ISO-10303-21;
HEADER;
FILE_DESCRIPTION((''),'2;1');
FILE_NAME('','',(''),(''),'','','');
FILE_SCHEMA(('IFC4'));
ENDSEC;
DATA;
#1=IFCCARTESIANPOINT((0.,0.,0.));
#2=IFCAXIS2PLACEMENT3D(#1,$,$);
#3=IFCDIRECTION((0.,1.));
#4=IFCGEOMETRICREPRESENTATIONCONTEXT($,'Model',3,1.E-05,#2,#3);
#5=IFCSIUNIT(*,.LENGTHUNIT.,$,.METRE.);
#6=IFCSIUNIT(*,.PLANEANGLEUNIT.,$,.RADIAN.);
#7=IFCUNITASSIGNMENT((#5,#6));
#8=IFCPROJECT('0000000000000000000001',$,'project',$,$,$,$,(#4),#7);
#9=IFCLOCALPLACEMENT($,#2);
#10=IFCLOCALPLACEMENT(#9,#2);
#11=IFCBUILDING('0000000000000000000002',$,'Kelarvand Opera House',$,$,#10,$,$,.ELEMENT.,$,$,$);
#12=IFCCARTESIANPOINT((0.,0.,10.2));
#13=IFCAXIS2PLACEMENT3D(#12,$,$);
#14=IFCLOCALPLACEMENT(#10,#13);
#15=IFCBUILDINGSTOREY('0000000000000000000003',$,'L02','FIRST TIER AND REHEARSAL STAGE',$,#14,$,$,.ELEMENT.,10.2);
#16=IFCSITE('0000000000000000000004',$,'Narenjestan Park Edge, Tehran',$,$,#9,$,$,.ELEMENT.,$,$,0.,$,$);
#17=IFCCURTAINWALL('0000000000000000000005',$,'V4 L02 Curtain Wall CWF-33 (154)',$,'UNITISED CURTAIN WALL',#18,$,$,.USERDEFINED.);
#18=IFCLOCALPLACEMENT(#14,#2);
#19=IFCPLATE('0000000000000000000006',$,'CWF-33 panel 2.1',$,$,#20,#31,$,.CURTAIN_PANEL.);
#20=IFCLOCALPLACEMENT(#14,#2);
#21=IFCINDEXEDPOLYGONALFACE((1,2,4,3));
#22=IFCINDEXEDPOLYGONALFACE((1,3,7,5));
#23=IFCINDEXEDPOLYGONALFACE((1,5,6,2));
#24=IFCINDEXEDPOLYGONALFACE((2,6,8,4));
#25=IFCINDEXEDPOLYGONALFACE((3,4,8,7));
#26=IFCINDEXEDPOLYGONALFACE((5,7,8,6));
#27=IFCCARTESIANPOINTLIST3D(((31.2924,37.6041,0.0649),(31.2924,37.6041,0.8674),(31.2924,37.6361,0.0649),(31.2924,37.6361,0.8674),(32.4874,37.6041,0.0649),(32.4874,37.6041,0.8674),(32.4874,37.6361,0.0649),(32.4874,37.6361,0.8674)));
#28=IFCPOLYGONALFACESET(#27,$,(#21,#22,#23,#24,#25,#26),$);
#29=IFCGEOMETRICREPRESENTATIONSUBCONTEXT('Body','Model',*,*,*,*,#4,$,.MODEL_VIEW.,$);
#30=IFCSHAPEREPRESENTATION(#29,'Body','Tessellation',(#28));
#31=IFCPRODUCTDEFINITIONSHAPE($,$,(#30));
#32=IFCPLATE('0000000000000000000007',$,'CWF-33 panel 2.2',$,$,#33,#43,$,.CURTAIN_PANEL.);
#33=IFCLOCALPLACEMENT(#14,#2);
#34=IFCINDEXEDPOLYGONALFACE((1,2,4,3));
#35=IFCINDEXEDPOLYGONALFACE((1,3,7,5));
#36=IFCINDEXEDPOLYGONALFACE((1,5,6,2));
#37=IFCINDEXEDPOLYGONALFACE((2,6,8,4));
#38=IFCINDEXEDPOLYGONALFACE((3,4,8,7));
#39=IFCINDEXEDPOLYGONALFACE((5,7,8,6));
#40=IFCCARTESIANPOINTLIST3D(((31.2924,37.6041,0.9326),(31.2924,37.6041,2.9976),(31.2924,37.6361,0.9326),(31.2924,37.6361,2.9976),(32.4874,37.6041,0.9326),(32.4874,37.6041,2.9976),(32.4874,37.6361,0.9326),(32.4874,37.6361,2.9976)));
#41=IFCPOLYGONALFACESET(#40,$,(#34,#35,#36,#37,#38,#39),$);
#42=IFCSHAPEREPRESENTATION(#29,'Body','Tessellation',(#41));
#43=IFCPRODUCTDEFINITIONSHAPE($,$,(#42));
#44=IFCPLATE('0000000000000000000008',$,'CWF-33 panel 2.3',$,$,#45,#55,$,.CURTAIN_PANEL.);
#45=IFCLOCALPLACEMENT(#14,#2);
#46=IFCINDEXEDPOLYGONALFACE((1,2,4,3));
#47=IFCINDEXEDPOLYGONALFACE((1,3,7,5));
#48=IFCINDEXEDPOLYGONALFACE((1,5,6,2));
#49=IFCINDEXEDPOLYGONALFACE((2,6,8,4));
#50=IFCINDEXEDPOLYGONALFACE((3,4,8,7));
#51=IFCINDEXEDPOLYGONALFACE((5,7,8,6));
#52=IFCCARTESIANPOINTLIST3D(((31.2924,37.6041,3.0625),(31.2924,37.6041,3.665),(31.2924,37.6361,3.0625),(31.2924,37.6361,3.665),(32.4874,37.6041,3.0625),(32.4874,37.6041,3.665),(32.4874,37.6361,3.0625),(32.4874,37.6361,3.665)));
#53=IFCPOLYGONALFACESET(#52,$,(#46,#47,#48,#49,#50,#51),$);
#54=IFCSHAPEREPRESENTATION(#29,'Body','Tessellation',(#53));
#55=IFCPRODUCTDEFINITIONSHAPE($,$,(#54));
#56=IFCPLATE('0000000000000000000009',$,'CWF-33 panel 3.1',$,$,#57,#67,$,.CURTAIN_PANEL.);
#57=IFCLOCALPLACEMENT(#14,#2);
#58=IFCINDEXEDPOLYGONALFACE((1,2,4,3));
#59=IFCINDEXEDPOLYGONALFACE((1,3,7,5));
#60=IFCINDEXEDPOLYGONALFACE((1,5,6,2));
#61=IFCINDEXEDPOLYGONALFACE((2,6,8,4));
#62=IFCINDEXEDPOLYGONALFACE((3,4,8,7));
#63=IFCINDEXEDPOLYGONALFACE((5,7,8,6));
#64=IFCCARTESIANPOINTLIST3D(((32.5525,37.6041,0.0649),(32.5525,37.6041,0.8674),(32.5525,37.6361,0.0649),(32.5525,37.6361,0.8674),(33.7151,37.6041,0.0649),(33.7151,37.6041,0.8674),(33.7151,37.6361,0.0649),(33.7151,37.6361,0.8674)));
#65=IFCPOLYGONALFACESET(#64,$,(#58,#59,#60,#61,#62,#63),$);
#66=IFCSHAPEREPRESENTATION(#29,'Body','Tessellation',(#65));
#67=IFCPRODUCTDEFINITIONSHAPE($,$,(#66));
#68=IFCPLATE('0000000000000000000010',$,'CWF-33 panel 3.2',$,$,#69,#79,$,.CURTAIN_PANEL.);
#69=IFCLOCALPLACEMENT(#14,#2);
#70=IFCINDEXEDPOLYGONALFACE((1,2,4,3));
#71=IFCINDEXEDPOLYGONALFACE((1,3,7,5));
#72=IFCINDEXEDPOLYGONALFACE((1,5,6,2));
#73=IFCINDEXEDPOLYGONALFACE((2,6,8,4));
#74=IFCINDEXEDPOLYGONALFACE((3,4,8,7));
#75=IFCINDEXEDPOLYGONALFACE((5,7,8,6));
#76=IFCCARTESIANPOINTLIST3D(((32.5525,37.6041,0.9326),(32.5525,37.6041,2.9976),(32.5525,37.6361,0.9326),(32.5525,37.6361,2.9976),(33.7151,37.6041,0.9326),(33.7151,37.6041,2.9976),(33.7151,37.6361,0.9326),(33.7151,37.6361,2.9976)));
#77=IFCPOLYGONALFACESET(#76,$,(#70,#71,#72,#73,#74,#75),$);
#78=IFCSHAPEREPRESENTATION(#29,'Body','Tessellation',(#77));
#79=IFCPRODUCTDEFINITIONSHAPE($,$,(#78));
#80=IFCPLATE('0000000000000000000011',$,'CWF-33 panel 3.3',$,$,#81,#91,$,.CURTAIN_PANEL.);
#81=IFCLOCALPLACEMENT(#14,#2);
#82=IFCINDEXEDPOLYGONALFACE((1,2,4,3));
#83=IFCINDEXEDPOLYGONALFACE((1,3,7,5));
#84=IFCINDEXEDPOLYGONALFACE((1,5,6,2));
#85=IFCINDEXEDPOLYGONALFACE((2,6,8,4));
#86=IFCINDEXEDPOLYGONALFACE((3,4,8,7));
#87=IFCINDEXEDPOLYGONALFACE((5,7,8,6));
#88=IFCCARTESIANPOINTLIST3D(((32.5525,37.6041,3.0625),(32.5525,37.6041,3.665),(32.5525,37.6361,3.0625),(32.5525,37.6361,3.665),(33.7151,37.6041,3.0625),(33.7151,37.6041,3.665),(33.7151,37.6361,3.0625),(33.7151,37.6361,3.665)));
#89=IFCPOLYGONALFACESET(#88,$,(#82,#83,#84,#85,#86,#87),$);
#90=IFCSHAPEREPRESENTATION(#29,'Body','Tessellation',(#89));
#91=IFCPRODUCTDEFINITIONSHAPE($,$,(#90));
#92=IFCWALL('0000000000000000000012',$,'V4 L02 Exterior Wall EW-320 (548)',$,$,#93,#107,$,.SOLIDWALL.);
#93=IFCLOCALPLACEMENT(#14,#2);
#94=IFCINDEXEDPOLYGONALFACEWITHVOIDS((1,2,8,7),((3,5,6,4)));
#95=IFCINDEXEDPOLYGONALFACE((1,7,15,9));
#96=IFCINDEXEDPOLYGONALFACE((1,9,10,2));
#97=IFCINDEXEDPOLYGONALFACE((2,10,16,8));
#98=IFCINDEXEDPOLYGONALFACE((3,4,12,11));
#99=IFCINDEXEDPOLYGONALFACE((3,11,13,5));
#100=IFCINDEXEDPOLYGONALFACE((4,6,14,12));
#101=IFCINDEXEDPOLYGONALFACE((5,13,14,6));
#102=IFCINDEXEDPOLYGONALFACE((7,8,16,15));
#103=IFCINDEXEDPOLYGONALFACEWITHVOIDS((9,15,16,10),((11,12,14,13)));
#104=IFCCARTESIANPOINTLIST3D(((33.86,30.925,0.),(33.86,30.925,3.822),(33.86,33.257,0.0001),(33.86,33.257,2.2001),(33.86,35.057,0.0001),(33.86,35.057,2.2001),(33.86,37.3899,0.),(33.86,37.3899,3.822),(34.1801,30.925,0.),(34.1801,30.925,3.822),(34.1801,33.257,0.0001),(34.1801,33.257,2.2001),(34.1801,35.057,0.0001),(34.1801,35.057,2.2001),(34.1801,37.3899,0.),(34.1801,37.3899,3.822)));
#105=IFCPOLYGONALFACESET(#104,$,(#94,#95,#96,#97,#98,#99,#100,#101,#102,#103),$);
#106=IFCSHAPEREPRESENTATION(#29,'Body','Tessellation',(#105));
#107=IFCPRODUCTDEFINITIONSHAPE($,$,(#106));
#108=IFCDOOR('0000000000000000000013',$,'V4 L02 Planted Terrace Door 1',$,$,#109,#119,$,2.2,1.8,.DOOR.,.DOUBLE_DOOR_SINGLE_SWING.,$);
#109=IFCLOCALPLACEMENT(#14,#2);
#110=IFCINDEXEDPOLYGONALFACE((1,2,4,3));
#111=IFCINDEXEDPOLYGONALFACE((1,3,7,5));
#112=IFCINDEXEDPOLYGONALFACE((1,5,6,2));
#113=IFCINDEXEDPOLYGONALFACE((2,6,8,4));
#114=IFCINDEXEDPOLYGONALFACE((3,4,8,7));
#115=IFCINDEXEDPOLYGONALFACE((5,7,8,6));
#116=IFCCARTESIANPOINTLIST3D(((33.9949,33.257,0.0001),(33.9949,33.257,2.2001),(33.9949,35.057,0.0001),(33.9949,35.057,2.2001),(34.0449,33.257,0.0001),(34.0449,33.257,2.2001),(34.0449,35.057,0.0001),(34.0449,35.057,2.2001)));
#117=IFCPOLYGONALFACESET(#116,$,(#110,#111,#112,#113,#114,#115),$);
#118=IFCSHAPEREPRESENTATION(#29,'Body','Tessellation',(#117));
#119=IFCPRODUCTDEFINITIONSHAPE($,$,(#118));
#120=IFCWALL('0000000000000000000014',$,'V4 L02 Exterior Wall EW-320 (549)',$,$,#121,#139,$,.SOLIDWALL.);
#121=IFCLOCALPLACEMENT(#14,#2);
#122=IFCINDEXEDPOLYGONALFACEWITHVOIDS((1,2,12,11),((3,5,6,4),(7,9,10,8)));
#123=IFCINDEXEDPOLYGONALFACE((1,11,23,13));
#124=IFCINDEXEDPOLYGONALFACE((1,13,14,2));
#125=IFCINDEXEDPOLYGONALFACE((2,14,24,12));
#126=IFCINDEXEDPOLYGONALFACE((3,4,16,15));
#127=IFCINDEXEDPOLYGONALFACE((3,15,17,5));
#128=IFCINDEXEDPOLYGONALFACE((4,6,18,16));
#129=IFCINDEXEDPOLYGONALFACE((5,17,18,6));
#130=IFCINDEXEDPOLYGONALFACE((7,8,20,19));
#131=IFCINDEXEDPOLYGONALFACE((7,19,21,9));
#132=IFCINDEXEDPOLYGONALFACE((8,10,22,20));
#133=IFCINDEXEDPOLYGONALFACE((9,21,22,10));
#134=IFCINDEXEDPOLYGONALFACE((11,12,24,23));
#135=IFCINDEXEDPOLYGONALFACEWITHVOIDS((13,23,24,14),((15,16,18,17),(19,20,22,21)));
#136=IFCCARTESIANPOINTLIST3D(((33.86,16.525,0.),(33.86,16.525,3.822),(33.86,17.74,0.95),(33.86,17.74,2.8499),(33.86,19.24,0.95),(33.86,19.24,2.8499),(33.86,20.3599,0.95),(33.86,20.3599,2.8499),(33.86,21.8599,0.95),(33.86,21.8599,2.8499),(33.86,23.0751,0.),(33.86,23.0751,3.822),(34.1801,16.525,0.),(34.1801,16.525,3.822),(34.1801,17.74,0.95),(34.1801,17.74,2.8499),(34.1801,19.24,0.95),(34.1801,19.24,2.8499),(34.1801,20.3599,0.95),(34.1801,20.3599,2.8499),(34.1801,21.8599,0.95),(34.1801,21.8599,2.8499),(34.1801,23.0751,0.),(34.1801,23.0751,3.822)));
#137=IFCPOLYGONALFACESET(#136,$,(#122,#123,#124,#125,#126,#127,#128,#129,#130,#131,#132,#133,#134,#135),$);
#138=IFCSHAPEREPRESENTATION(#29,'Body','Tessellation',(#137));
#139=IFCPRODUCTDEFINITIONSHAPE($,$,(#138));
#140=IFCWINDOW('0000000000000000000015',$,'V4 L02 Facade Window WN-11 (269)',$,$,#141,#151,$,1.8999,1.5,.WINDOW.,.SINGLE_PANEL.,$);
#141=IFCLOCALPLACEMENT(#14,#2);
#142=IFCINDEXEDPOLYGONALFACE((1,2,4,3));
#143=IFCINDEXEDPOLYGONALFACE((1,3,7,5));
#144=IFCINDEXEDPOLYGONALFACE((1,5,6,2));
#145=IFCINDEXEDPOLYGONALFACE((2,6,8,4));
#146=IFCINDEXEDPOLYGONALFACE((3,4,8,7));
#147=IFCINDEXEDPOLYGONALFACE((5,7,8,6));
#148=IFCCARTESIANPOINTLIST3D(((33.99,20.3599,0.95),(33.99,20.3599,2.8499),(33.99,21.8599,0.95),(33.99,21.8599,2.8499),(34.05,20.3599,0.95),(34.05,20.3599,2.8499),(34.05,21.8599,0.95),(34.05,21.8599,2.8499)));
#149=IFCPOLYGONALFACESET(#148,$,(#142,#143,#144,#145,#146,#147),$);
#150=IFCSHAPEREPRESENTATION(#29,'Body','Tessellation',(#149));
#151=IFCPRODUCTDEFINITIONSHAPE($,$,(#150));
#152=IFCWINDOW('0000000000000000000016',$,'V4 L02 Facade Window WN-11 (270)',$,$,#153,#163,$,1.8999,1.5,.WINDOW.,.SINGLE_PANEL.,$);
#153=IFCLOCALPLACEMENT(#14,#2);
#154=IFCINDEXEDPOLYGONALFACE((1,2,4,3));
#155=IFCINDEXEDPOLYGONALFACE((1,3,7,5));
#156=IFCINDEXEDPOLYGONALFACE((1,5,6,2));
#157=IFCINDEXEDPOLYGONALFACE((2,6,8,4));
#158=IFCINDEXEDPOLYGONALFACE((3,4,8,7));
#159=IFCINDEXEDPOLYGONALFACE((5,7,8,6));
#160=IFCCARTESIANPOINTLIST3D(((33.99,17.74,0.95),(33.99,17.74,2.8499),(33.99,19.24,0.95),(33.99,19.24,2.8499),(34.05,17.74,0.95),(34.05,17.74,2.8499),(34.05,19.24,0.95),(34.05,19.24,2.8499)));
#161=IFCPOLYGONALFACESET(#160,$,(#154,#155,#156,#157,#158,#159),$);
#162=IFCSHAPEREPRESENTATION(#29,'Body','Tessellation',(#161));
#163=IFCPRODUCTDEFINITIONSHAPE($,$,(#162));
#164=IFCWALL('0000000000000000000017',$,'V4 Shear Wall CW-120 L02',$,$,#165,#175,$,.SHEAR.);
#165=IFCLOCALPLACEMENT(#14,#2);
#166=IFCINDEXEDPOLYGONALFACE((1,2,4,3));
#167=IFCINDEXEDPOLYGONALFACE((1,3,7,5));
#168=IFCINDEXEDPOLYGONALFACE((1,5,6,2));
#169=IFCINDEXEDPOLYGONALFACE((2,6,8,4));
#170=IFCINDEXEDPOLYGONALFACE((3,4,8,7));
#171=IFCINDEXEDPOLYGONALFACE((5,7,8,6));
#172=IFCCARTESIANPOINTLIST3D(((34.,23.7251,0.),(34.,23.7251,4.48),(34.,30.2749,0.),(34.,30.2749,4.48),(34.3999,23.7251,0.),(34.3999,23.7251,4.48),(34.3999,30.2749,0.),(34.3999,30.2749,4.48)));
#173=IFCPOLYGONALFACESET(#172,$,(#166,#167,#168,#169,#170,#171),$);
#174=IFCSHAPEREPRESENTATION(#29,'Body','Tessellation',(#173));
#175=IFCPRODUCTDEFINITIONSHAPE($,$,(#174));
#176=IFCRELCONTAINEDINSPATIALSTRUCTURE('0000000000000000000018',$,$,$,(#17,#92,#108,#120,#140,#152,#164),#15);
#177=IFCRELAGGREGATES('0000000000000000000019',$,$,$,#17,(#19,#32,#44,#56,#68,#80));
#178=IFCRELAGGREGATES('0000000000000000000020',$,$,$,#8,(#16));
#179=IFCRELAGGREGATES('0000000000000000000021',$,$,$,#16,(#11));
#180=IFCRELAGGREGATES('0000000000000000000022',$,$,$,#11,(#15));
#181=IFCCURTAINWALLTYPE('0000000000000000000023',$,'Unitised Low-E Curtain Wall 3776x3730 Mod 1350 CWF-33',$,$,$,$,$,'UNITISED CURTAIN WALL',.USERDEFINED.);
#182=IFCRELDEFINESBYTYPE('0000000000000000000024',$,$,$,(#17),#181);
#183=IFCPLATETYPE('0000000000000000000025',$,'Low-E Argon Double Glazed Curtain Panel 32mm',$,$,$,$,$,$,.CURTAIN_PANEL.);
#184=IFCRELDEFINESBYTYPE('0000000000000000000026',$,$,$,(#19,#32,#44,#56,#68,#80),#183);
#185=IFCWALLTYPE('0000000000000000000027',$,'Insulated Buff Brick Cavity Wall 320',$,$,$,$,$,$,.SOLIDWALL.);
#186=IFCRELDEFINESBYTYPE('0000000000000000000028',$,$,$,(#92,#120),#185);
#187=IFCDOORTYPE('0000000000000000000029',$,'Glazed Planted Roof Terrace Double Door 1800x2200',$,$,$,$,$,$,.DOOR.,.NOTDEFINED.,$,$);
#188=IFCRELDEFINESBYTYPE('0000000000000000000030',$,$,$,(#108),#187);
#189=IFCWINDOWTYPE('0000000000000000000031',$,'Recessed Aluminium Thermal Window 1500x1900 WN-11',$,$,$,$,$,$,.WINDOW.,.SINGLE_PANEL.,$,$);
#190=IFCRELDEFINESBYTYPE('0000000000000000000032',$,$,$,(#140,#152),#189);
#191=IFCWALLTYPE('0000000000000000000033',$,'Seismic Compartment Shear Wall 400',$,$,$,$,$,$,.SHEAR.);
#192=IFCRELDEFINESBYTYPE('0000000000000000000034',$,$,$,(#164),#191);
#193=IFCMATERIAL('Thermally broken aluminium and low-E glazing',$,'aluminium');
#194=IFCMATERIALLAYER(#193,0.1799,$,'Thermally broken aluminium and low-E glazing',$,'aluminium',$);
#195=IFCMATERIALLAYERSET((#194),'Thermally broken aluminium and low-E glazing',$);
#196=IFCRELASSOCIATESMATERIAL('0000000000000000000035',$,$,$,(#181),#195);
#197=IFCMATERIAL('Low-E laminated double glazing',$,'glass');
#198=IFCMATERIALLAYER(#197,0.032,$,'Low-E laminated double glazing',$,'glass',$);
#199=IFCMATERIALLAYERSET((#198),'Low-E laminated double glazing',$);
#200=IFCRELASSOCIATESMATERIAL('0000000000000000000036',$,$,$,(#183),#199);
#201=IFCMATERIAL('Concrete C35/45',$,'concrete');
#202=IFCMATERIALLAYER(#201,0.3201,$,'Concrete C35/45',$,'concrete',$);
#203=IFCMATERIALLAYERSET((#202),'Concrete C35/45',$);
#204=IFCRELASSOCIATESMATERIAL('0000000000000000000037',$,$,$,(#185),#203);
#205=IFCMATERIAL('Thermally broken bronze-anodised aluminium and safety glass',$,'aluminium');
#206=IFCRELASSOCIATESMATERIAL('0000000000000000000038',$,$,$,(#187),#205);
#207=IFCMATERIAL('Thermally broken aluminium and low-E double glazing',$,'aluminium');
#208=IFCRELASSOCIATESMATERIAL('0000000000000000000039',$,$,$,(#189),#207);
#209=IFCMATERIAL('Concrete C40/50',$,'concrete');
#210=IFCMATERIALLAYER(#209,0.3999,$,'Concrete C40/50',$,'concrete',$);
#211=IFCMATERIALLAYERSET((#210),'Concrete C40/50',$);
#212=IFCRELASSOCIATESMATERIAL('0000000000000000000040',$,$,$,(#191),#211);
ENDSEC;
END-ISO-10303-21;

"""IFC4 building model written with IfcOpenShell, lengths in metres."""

from ifc_helpers import new_model, si_unit, direction, frame, frame_2d, origin, origin_2d, place, context, subcontext, project, spatial, rectangle, extrude, material, layer, layer_set, type_object, element, fill, aggregate, save


model = new_model("IFC4")

# Units and contexts
model_context = context("Model", 3, precision=1e-05, world=origin(), true_north=direction((0.0, 1.0)))
body_context = subcontext(model_context, "Body", "Model", "MODEL_VIEW")
ifc_project = project(units=[si_unit("LENGTHUNIT", "METRE"), si_unit("PLANEANGLEUNIT", "RADIAN")], contexts=[model_context])

# Site, building, storey
site_placement = place(None, origin())
site = spatial("IfcSite", under=ifc_project, at=site_placement, Name="Narenjestan Park Edge, Tehran", CompositionType="ELEMENT", RefElevation=0.0)
building_placement = place(site_placement, origin())
building = spatial("IfcBuilding", under=site, at=building_placement, Name="Kelarvand Opera House", CompositionType="ELEMENT")
storey_placement = place(building_placement, frame((0.0, 0.0, 10.2)))
storey = spatial("IfcBuildingStorey", under=building, at=storey_placement, Name="L02", Description="FIRST TIER AND REHEARSAL STAGE", CompositionType="ELEMENT", Elevation=10.2)

# Shared definitions
ifc_material_1 = material(Name="Concrete C40/50", Category="concrete")

# Curtain wall
ifc_material_2 = material(Name="Thermally broken aluminium and low-E glazing", Category="aluminium")
ifc_layer_1 = layer(ifc_material_2, 0.1799, Name="Thermally broken aluminium and low-E glazing", Category="aluminium")
ifc_layer_set_1 = layer_set([ifc_layer_1], Name="Thermally broken aluminium and low-E glazing")
curtain_wall_type = type_object("IfcCurtainWallType", Name="Unitised Low-E Curtain Wall 3776x3730 Mod 1350 CWF-33", ElementType="UNITISED CURTAIN WALL", PredefinedType="USERDEFINED", material=ifc_layer_set_1)
curtain_wall_placement = place(storey_placement, origin())
curtain_wall = element("IfcCurtainWall", 1, at=curtain_wall_placement, inside=storey, type_object=curtain_wall_type, Name="V4 L02 Curtain Wall CWF-33 (154)", ObjectType="UNITISED CURTAIN WALL", PredefinedType="USERDEFINED")

# Plates
ifc_material_3 = material(Name="Low-E laminated double glazing", Category="glass")
ifc_layer_2 = layer(ifc_material_3, 0.032, Name="Low-E laminated double glazing", Category="glass")
ifc_layer_set_2 = layer_set([ifc_layer_2], Name="Low-E laminated double glazing")
plate_type = type_object("IfcPlateType", Name="Low-E Argon Double Glazed Curtain Panel 32mm", PredefinedType="CURTAIN_PANEL", material=ifc_layer_set_2)
plate_1_placement = place(storey_placement, frame((31.8899, 37.6201, 0.0649), z_axis=(0.0, 0.0, 1.0), x_axis=(1.0, 0.0, 0.0)))
plate_1 = element("IfcPlate", 2, at=plate_1_placement, type_object=plate_type, Name="CWF-33 panel 2.1", PredefinedType="CURTAIN_PANEL", context=body_context, shape_type="SweptSolid", body=[
    extrude(rectangle(XDim=1.1951, YDim=0.032, at=origin_2d()), origin(), (0.0, 0.0, 1.0), 0.8025),
])
plate_2_placement = place(storey_placement, frame((31.8899, 37.6201, 0.9326), z_axis=(0.0, 0.0, 1.0), x_axis=(1.0, 0.0, 0.0)))
plate_2 = element("IfcPlate", 3, at=plate_2_placement, type_object=plate_type, Name="CWF-33 panel 2.2", PredefinedType="CURTAIN_PANEL", context=body_context, shape_type="SweptSolid", body=[
    extrude(rectangle(XDim=1.1951, YDim=0.032, at=origin_2d()), origin(), (0.0, 0.0, 1.0), 2.0649),
])
plate_3_placement = place(storey_placement, frame((31.8899, 37.6201, 3.0625), z_axis=(0.0, 0.0, 1.0), x_axis=(1.0, 0.0, 0.0)))
plate_3 = element("IfcPlate", 4, at=plate_3_placement, type_object=plate_type, Name="CWF-33 panel 2.3", PredefinedType="CURTAIN_PANEL", context=body_context, shape_type="SweptSolid", body=[
    extrude(rectangle(XDim=1.1951, YDim=0.032, at=origin_2d()), origin(), (0.0, 0.0, 1.0), 0.6025),
])
plate_4_placement = place(storey_placement, frame((33.1338, 37.6201, 0.0649), z_axis=(0.0, 0.0, 1.0), x_axis=(1.0, 0.0, 0.0)))
plate_4 = element("IfcPlate", 5, at=plate_4_placement, type_object=plate_type, Name="CWF-33 panel 3.1", PredefinedType="CURTAIN_PANEL", context=body_context, shape_type="SweptSolid", body=[
    extrude(rectangle(XDim=1.1626, YDim=0.032, at=origin_2d()), origin(), (0.0, 0.0, 1.0), 0.8025),
])
plate_5_placement = place(storey_placement, frame((33.1338, 37.6201, 0.9326), z_axis=(0.0, 0.0, 1.0), x_axis=(1.0, 0.0, 0.0)))
plate_5 = element("IfcPlate", 6, at=plate_5_placement, type_object=plate_type, Name="CWF-33 panel 3.2", PredefinedType="CURTAIN_PANEL", context=body_context, shape_type="SweptSolid", body=[
    extrude(rectangle(XDim=1.1626, YDim=0.032, at=origin_2d()), origin(), (0.0, 0.0, 1.0), 2.0649),
])
plate_6_placement = place(storey_placement, frame((33.1338, 37.6201, 3.0625), z_axis=(0.0, 0.0, 1.0), x_axis=(1.0, 0.0, 0.0)))
plate_6 = element("IfcPlate", 7, at=plate_6_placement, type_object=plate_type, Name="CWF-33 panel 3.3", PredefinedType="CURTAIN_PANEL", context=body_context, shape_type="SweptSolid", body=[
    extrude(rectangle(XDim=1.1626, YDim=0.032, at=origin_2d()), origin(), (0.0, 0.0, 1.0), 0.6025),
])
aggregate(curtain_wall, [plate_1, plate_2, plate_3, plate_4, plate_5, plate_6])

# Wall, opening, door
ifc_material_4 = material(Name="Concrete C35/45", Category="concrete")
ifc_layer_3 = layer(ifc_material_4, 0.3201, Name="Concrete C35/45", Category="concrete")
ifc_layer_set_3 = layer_set([ifc_layer_3], Name="Concrete C35/45")
wall_type_1 = type_object("IfcWallType", Name="Insulated Buff Brick Cavity Wall 320", PredefinedType="SOLIDWALL", material=ifc_layer_set_3)
wall_1_placement = place(storey_placement, frame((34.02, 37.3899, 0.0), z_axis=(0.0, 0.0, 1.0), x_axis=(0.0, -1.0, 0.0)))
wall_1 = element("IfcWall", 8, at=wall_1_placement, inside=storey, type_object=wall_type_1, Name="V4 L02 Exterior Wall EW-320 (548)", PredefinedType="SOLIDWALL", context=body_context, shape_type="SweptSolid", body=[
    extrude(rectangle(XDim=6.4648, YDim=0.3201, at=frame_2d((3.2324, 0.0))), origin(), (0.0, 0.0, 1.0), 3.822),
])
opening_1_placement = place(wall_1_placement, frame((2.333, 0.0, 0.0)))
opening_1 = element("IfcOpeningElement", 9, at=opening_1_placement, cuts=wall_1, PredefinedType="OPENING", context=body_context, shape_type="SweptSolid", body=[
    extrude(rectangle(XDim=1.8, YDim=2.2, at=frame_2d((0.8999, 1.1001))), frame((0.0, 0.1699, 0.0), z_axis=(0.0, -1.0, 0.0), x_axis=(1.0, 0.0, 0.0)), (0.0, 0.0, 1.0), 0.3401),
])
ifc_material_5 = material(Name="Thermally broken bronze-anodised aluminium and safety glass", Category="aluminium")
door_type = type_object("IfcDoorType", Name="Glazed Planted Roof Terrace Double Door 1800x2200", OperationType="NOTDEFINED", PredefinedType="DOOR", material=ifc_material_5)
door_placement = place(opening_1_placement, origin())
door = element("IfcDoor", 10, at=door_placement, inside=storey, type_object=door_type, Name="V4 L02 Planted Terrace Door 1", OperationType="DOUBLE_DOOR_SINGLE_SWING", OverallHeight=2.2, OverallWidth=1.8, PredefinedType="DOOR", context=body_context, shape_type="SweptSolid", body=[
    extrude(rectangle(XDim=1.8, YDim=2.2, at=frame_2d((0.8999, 1.1001))), frame((0.0, 0.0249, 0.0), z_axis=(0.0, -1.0, 0.0), x_axis=(1.0, 0.0, 0.0)), (0.0, 0.0, 1.0), 0.05),
])
fill(opening_1, door)

# Wall, openings, windows
wall_2_placement = place(storey_placement, frame((34.02, 23.075, 0.0), z_axis=(0.0, 0.0, 1.0), x_axis=(0.0, -1.0, 0.0)))
wall_2 = element("IfcWall", 11, at=wall_2_placement, inside=storey, type_object=wall_type_1, Name="V4 L02 Exterior Wall EW-320 (549)", PredefinedType="SOLIDWALL", context=body_context, shape_type="SweptSolid", body=[
    extrude(rectangle(XDim=6.55, YDim=0.3201, at=frame_2d((3.2749, 0.0))), origin(), (0.0, 0.0, 1.0), 3.822),
])
opening_2_placement = place(wall_2_placement, frame((1.2151, 0.0, 0.95)))
opening_2 = element("IfcOpeningElement", 12, at=opening_2_placement, cuts=wall_2, PredefinedType="OPENING", context=body_context, shape_type="SweptSolid", body=[
    extrude(rectangle(XDim=1.5, YDim=1.8999, at=frame_2d((0.75, 0.95))), frame((0.0, 0.1699, 0.0), z_axis=(0.0, -1.0, 0.0), x_axis=(1.0, 0.0, 0.0)), (0.0, 0.0, 1.0), 0.3401),
])
opening_3_placement = place(wall_2_placement, frame((3.835, 0.0, 0.95)))
opening_3 = element("IfcOpeningElement", 13, at=opening_3_placement, cuts=wall_2, PredefinedType="OPENING", context=body_context, shape_type="SweptSolid", body=[
    extrude(rectangle(XDim=1.5, YDim=1.8999, at=frame_2d((0.75, 0.95))), frame((0.0, 0.1699, 0.0), z_axis=(0.0, -1.0, 0.0), x_axis=(1.0, 0.0, 0.0)), (0.0, 0.0, 1.0), 0.3401),
])
ifc_material_6 = material(Name="Thermally broken aluminium and low-E double glazing", Category="aluminium")
window_type = type_object("IfcWindowType", Name="Recessed Aluminium Thermal Window 1500x1900 WN-11", PartitioningType="SINGLE_PANEL", PredefinedType="WINDOW", material=ifc_material_6)
window_1_placement = place(opening_2_placement, origin())
window_1 = element("IfcWindow", 14, at=window_1_placement, inside=storey, type_object=window_type, Name="V4 L02 Facade Window WN-11 (269)", OverallHeight=1.8999, OverallWidth=1.5, PartitioningType="SINGLE_PANEL", PredefinedType="WINDOW", context=body_context, shape_type="SweptSolid", body=[
    extrude(rectangle(XDim=1.5, YDim=1.8999, at=frame_2d((0.75, 0.95))), frame((0.0, 0.03, 0.0), z_axis=(0.0, -1.0, 0.0), x_axis=(1.0, 0.0, 0.0)), (0.0, 0.0, 1.0), 0.0601),
])
fill(opening_2, window_1)
window_2_placement = place(opening_3_placement, origin())
window_2 = element("IfcWindow", 15, at=window_2_placement, inside=storey, type_object=window_type, Name="V4 L02 Facade Window WN-11 (270)", OverallHeight=1.8999, OverallWidth=1.5, PartitioningType="SINGLE_PANEL", PredefinedType="WINDOW", context=body_context, shape_type="SweptSolid", body=[
    extrude(rectangle(XDim=1.5, YDim=1.8999, at=frame_2d((0.75, 0.95))), frame((0.0, 0.03, 0.0), z_axis=(0.0, -1.0, 0.0), x_axis=(1.0, 0.0, 0.0)), (0.0, 0.0, 1.0), 0.0601),
])
fill(opening_3, window_2)

# Wall
ifc_layer_4 = layer(ifc_material_1, 0.3999, Name="Concrete C40/50", Category="concrete")
ifc_layer_set_4 = layer_set([ifc_layer_4], Name="Concrete C40/50")
wall_type_2 = type_object("IfcWallType", Name="Seismic Compartment Shear Wall 400", PredefinedType="SHEAR", material=ifc_layer_set_4)
wall_3_placement = place(storey_placement, frame((34.2, 23.7251, 0.0), z_axis=(0.0, 0.0, 1.0), x_axis=(0.0, 1.0, 0.0)))
element("IfcWall", 16, at=wall_3_placement, inside=storey, type_object=wall_type_2, Name="V4 Shear Wall CW-120 L02", PredefinedType="SHEAR", context=body_context, shape_type="SweptSolid", body=[
    extrude(rectangle(XDim=6.5498, YDim=0.3999, at=frame_2d((3.2749, 0.0))), origin(), (0.0, 0.0, 1.0), 4.48),
])

save(model, "model.ifc")
